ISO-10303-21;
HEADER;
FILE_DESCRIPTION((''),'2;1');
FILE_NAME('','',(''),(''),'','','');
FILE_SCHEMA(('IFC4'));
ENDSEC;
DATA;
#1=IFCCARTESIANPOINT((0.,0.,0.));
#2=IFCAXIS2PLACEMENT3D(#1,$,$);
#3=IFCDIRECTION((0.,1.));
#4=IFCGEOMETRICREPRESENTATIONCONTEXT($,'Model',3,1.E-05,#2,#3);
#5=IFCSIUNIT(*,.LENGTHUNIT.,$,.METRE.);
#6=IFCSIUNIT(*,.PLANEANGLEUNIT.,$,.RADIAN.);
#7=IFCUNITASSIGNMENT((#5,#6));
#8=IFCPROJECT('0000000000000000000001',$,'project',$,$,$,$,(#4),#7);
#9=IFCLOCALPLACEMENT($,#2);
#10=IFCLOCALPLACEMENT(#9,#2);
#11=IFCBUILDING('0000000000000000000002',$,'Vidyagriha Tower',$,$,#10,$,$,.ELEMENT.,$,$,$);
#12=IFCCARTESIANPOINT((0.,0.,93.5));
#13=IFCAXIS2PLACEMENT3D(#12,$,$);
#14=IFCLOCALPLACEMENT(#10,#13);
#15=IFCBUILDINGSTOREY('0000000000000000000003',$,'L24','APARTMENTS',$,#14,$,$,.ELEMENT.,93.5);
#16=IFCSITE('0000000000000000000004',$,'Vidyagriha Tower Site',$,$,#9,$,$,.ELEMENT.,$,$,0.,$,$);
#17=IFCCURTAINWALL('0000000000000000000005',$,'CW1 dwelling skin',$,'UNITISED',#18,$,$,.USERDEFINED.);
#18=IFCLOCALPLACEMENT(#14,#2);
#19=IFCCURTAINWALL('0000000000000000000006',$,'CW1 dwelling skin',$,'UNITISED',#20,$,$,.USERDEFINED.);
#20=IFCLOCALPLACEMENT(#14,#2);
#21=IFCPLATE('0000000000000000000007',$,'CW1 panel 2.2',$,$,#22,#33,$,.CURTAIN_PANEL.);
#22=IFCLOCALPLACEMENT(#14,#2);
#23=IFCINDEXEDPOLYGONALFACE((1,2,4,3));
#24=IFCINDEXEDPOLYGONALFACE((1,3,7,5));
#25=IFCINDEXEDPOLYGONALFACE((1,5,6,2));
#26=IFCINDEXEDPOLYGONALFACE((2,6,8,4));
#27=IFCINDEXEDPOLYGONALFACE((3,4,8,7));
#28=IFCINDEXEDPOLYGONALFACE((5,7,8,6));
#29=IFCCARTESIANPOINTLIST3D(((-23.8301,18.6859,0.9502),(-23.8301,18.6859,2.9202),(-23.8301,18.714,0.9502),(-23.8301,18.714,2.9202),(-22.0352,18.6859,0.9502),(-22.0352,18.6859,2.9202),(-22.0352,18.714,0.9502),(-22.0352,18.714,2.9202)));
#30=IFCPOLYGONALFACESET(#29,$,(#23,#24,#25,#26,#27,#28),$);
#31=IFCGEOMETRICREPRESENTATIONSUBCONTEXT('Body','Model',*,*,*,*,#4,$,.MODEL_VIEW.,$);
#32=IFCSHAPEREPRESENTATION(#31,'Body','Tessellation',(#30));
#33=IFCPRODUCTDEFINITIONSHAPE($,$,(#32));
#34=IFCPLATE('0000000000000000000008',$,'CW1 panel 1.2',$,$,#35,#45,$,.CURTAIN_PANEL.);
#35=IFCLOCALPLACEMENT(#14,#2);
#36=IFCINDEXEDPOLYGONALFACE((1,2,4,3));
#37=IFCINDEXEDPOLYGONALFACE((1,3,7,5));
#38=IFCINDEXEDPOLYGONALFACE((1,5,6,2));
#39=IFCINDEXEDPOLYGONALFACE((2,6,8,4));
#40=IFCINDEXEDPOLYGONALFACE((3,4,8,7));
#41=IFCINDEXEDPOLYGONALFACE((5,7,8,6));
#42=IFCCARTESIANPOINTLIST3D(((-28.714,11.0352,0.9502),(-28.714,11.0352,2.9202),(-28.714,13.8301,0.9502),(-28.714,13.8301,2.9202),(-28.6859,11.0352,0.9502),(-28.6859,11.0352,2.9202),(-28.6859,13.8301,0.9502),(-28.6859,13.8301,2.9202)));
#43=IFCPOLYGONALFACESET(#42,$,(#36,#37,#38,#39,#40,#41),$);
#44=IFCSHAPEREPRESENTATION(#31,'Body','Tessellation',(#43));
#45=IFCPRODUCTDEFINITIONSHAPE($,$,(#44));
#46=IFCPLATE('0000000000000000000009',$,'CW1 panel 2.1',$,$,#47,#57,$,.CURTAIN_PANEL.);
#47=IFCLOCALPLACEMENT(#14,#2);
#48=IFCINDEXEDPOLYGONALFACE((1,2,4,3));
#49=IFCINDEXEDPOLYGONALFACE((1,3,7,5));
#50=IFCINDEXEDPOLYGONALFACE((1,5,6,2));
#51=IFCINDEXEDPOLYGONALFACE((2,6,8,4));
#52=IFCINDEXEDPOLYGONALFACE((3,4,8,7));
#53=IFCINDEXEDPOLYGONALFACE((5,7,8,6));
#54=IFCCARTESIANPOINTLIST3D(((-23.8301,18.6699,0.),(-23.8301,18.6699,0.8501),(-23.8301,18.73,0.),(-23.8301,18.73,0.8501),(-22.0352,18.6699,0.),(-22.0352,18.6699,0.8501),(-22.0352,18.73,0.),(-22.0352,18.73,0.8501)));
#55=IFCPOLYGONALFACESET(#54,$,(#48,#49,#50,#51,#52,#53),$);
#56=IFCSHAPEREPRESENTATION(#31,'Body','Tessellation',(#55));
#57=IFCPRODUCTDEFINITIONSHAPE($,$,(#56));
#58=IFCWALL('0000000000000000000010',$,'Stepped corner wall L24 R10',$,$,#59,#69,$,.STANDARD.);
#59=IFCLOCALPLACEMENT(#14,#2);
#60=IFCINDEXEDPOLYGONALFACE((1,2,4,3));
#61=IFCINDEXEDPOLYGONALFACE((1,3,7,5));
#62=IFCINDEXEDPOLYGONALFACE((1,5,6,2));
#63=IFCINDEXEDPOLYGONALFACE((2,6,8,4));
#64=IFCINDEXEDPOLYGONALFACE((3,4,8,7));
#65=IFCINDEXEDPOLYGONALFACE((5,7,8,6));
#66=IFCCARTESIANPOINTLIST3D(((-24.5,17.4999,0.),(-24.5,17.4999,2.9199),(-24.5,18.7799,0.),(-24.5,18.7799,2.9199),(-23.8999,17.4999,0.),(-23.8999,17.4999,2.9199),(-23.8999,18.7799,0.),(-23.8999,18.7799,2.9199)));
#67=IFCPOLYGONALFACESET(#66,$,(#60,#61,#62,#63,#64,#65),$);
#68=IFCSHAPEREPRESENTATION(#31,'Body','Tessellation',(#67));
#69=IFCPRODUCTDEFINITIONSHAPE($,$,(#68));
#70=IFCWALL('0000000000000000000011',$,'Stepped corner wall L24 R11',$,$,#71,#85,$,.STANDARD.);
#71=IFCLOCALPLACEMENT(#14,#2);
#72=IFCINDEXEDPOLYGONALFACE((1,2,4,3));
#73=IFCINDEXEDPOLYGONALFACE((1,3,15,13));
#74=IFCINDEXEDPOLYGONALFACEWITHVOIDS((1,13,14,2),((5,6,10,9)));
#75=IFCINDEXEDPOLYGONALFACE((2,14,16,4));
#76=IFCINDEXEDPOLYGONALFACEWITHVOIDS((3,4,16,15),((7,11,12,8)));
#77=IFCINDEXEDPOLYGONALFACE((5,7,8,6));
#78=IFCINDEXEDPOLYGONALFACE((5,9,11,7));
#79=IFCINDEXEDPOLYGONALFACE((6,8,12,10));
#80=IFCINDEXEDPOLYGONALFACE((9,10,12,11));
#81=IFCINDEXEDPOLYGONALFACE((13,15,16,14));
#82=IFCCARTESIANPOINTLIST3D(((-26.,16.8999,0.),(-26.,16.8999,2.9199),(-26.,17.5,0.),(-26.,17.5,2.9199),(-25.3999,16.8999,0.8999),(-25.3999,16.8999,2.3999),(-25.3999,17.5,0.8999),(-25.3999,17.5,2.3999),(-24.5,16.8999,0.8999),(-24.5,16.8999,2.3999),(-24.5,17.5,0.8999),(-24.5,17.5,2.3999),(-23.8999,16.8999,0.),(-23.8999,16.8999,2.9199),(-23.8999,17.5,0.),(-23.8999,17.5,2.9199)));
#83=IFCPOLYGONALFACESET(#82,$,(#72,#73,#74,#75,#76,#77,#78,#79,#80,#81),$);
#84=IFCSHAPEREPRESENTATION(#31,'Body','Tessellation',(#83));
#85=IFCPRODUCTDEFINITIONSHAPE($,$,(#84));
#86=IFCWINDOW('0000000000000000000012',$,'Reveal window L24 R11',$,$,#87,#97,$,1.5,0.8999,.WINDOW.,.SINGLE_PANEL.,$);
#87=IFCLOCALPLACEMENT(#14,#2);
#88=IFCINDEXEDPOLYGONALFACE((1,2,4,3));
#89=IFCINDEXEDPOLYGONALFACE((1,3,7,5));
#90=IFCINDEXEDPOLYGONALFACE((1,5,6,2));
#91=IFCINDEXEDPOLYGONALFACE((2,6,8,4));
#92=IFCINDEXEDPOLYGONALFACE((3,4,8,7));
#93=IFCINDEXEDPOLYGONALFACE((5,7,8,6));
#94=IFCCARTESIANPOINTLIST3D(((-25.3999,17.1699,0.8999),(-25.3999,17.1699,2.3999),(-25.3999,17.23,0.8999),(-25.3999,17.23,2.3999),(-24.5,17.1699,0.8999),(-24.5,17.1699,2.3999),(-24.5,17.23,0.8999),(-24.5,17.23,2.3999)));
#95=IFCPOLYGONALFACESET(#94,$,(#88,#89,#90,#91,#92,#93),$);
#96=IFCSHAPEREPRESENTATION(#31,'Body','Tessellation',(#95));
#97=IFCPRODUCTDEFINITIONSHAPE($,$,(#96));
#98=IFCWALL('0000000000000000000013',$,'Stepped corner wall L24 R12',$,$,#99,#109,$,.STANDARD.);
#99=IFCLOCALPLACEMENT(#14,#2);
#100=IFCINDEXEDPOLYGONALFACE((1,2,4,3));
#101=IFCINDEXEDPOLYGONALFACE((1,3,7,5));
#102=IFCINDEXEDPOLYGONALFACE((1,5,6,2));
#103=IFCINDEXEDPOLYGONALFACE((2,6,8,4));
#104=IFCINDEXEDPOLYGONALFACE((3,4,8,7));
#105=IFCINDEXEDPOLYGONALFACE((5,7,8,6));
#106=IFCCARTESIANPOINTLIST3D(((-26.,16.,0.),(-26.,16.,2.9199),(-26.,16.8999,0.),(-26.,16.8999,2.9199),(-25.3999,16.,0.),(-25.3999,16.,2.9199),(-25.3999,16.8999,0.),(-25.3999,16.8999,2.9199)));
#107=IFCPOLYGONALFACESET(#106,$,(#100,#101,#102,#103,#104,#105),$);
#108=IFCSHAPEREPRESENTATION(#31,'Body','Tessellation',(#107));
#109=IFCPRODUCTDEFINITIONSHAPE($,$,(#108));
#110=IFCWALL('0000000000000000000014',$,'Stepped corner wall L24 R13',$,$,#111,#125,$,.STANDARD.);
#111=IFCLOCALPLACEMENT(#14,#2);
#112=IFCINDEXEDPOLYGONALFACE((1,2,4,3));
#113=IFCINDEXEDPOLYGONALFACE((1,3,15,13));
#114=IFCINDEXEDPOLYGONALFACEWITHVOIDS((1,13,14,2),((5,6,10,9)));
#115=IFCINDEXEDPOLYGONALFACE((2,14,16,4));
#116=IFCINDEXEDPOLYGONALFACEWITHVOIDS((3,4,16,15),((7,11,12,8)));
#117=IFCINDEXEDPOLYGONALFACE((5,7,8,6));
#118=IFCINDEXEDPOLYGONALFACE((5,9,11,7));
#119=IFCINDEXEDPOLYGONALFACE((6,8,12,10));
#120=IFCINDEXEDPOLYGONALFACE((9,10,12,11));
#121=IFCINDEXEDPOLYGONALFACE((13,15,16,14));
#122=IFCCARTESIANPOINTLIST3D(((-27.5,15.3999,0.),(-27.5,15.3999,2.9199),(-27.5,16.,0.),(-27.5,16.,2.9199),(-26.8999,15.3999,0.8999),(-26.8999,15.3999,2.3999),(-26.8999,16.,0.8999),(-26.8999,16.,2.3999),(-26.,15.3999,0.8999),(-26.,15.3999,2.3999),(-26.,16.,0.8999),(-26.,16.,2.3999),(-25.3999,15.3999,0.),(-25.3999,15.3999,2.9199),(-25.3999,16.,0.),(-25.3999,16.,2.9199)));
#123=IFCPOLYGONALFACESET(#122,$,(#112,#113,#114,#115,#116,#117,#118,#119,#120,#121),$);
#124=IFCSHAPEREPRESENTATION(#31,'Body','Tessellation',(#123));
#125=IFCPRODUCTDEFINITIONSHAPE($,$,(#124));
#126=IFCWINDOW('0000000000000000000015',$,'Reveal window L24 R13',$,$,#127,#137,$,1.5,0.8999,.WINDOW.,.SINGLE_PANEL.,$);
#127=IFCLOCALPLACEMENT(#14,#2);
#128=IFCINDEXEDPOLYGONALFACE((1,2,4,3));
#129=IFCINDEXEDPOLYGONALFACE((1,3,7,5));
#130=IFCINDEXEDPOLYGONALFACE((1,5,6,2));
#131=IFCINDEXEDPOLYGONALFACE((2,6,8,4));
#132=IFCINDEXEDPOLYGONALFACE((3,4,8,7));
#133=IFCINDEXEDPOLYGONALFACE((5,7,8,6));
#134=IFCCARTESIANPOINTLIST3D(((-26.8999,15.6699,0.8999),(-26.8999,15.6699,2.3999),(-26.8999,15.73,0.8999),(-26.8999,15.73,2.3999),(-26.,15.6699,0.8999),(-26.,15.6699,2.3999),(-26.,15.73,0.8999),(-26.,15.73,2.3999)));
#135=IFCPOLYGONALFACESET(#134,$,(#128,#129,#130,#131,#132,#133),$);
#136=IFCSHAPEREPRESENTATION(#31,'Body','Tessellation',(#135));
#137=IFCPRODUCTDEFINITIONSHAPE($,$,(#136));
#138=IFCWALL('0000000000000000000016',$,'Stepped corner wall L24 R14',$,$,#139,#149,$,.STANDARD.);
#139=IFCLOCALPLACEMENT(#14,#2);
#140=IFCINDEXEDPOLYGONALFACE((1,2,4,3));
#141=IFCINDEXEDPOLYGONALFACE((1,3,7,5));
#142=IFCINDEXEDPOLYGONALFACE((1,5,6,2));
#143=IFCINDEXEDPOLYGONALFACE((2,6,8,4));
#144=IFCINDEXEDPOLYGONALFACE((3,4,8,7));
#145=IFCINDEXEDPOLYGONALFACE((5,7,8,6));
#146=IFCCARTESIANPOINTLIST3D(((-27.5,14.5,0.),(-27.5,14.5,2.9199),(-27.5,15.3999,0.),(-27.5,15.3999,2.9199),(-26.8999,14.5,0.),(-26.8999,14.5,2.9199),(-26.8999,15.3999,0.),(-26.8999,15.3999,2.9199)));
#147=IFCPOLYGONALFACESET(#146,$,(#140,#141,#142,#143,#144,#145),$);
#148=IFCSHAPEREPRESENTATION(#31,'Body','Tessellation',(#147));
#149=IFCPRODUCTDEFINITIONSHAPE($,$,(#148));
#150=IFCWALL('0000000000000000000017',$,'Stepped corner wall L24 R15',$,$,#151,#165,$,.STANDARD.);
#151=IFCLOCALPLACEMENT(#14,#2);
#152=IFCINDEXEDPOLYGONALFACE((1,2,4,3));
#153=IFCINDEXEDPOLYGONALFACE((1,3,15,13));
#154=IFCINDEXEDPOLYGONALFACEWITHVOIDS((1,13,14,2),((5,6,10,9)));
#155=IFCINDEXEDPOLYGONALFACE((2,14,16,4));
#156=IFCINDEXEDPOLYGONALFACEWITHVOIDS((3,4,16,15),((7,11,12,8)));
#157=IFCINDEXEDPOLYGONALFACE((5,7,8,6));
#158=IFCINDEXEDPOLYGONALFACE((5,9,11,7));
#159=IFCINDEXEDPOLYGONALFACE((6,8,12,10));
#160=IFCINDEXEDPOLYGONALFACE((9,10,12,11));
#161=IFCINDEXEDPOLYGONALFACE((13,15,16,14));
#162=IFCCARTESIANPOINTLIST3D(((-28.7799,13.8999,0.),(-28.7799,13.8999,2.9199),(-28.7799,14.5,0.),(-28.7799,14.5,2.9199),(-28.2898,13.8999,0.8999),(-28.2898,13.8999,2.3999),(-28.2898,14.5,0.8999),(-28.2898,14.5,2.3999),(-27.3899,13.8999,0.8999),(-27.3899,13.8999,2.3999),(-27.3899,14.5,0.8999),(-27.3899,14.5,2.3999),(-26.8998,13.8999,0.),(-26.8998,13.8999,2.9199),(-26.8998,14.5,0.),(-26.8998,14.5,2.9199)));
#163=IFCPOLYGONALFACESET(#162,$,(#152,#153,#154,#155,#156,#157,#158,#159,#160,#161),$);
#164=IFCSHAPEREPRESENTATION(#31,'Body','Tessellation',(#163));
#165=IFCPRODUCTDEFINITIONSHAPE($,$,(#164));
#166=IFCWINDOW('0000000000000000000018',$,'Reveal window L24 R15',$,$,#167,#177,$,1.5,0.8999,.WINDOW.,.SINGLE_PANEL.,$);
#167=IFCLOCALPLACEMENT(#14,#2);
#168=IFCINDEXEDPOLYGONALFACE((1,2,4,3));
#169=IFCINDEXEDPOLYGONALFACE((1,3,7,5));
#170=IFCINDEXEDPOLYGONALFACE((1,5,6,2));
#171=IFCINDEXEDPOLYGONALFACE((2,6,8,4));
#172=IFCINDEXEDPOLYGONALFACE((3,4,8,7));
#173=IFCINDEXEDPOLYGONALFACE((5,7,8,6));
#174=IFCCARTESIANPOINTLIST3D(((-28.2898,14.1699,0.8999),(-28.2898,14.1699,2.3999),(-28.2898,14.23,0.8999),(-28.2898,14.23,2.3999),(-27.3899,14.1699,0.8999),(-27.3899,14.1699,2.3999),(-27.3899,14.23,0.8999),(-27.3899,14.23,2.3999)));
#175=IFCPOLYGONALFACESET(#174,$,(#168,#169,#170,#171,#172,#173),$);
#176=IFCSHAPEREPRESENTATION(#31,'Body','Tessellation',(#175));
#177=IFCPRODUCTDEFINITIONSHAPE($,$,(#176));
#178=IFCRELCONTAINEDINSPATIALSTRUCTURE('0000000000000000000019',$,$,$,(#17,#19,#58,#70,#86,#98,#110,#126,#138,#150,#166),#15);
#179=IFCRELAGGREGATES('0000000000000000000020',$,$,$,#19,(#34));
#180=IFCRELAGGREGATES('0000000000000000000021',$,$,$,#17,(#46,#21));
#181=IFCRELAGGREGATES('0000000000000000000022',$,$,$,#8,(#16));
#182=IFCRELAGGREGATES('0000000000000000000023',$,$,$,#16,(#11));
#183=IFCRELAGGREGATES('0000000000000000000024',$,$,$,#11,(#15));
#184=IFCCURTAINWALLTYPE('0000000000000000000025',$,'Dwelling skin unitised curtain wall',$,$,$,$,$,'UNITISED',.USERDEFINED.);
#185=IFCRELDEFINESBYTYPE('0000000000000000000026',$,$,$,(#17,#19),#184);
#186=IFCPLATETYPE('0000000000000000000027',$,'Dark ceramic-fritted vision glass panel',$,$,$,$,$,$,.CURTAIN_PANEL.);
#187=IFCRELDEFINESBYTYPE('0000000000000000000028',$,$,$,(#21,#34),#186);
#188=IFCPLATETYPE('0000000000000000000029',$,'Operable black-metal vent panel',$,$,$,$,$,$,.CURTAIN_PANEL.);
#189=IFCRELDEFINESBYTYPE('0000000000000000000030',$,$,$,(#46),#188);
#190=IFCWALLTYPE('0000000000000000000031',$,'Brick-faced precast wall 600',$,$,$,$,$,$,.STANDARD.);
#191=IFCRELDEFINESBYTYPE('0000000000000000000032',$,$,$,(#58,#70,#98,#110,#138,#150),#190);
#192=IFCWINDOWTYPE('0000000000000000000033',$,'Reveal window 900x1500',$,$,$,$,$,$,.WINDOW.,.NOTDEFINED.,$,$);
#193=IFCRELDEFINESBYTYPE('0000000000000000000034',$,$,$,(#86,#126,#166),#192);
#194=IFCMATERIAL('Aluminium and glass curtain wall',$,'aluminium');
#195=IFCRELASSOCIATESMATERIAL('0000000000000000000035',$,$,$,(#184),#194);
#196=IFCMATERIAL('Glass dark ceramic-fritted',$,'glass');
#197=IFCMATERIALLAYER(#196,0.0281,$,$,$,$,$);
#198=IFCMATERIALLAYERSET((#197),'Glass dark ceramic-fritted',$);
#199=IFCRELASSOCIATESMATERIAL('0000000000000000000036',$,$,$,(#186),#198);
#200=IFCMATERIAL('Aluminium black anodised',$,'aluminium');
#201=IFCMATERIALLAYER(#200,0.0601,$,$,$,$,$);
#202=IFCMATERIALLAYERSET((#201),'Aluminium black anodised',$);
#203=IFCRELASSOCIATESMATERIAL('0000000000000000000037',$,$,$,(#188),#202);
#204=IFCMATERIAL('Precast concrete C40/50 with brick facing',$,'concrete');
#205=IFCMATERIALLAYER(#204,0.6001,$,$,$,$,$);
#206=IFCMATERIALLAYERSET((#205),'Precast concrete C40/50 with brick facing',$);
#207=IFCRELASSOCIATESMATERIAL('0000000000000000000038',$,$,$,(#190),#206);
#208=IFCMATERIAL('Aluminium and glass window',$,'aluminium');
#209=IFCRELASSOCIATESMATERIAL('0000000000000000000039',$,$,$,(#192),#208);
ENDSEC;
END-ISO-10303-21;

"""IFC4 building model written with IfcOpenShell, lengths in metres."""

from ifc_helpers import new_model, si_unit, direction, frame, frame_2d, origin, origin_2d, place, context, subcontext, project, spatial, rectangle, extrude, material, layer, layer_set, type_object, element, fill, aggregate, save


model = new_model("IFC4")

# Units and contexts
model_context = context("Model", 3, precision=1e-05, world=origin(), true_north=direction((0.0, 1.0)))
body_context = subcontext(model_context, "Body", "Model", "MODEL_VIEW")
ifc_project = project(units=[si_unit("LENGTHUNIT", "METRE"), si_unit("PLANEANGLEUNIT", "RADIAN")], contexts=[model_context])

# Site, building, storey
site_placement = place(None, origin())
site = spatial("IfcSite", under=ifc_project, at=site_placement, Name="Vidyagriha Tower Site", CompositionType="ELEMENT", RefElevation=0.0)
building_placement = place(site_placement, origin())
building = spatial("IfcBuilding", under=site, at=building_placement, Name="Vidyagriha Tower", CompositionType="ELEMENT")
storey_placement = place(building_placement, frame((0.0, 0.0, 93.5)))
storey = spatial("IfcBuildingStorey", under=building, at=storey_placement, Name="L24", Description="APARTMENTS", CompositionType="ELEMENT", Elevation=93.5)

# Curtain wall
ifc_material_1 = material(Name="Aluminium and glass curtain wall", Category="aluminium")
curtain_wall_type = type_object("IfcCurtainWallType", Name="Dwelling skin unitised curtain wall", ElementType="UNITISED", PredefinedType="USERDEFINED", material=ifc_material_1)
curtain_wall_1_placement = place(storey_placement, origin())
curtain_wall_1 = element("IfcCurtainWall", 1, at=curtain_wall_1_placement, inside=storey, type_object=curtain_wall_type, Name="CW1 dwelling skin", ObjectType="UNITISED", PredefinedType="USERDEFINED")

# Curtain wall
curtain_wall_2_placement = place(storey_placement, origin())
curtain_wall_2 = element("IfcCurtainWall", 2, at=curtain_wall_2_placement, inside=storey, type_object=curtain_wall_type, Name="CW1 dwelling skin", ObjectType="UNITISED", PredefinedType="USERDEFINED")

# Plates
ifc_material_2 = material(Name="Glass dark ceramic-fritted", Category="glass")
ifc_layer_1 = layer(ifc_material_2, 0.0281)
ifc_layer_set_1 = layer_set([ifc_layer_1], Name="Glass dark ceramic-fritted")
plate_type_1 = type_object("IfcPlateType", Name="Dark ceramic-fritted vision glass panel", PredefinedType="CURTAIN_PANEL", material=ifc_layer_set_1)
plate_1_placement = place(storey_placement, frame((-22.9326, 18.7, 0.9502), z_axis=(0.0, 0.0, 1.0), x_axis=(-1.0, 0.0, 0.0)))
plate_1 = element("IfcPlate", 3, at=plate_1_placement, type_object=plate_type_1, Name="CW1 panel 2.2", PredefinedType="CURTAIN_PANEL", context=body_context, shape_type="SweptSolid", body=[
    extrude(rectangle(XDim=1.7949, YDim=0.0281, at=origin_2d()), origin(), (0.0, 0.0, 1.0), 1.97),
])
plate_2_placement = place(storey_placement, frame((-28.7, 12.4326, 0.9502), z_axis=(0.0, 0.0, 1.0), x_axis=(0.0, -1.0, 0.0)))
plate_2 = element("IfcPlate", 4, at=plate_2_placement, type_object=plate_type_1, Name="CW1 panel 1.2", PredefinedType="CURTAIN_PANEL", context=body_context, shape_type="SweptSolid", body=[
    extrude(rectangle(XDim=2.7949, YDim=0.0281, at=origin_2d()), origin(), (0.0, 0.0, 1.0), 1.97),
])
aggregate(curtain_wall_2, [plate_2])
ifc_material_3 = material(Name="Aluminium black anodised", Category="aluminium")
ifc_layer_2 = layer(ifc_material_3, 0.0601)
ifc_layer_set_2 = layer_set([ifc_layer_2], Name="Aluminium black anodised")
plate_type_2 = type_object("IfcPlateType", Name="Operable black-metal vent panel", PredefinedType="CURTAIN_PANEL", material=ifc_layer_set_2)
plate_3_placement = place(storey_placement, frame((-22.9326, 18.7, 0.0), z_axis=(0.0, 0.0, 1.0), x_axis=(-1.0, 0.0, 0.0)))
plate_3 = element("IfcPlate", 5, at=plate_3_placement, type_object=plate_type_2, Name="CW1 panel 2.1", PredefinedType="CURTAIN_PANEL", context=body_context, shape_type="SweptSolid", body=[
    extrude(rectangle(XDim=1.7949, YDim=0.0601, at=origin_2d()), origin(), (0.0, 0.0, 1.0), 0.8501),
])
aggregate(curtain_wall_1, [plate_3, plate_1])

# Wall
ifc_material_4 = material(Name="Precast concrete C40/50 with brick facing", Category="concrete")
ifc_layer_3 = layer(ifc_material_4, 0.6001)
ifc_layer_set_3 = layer_set([ifc_layer_3], Name="Precast concrete C40/50 with brick facing")
wall_type_1 = type_object("IfcWallType", Name="Brick-faced precast wall 600", PredefinedType="STANDARD", material=ifc_layer_set_3)
wall_1_placement = place(storey_placement, frame((-24.2, 18.78, 0.0), z_axis=(0.0, 0.0, 1.0), x_axis=(0.0, -1.0, 0.0)))
element("IfcWall", 6, at=wall_1_placement, inside=storey, type_object=wall_type_1, Name="Stepped corner wall L24 R10", PredefinedType="STANDARD", context=body_context, shape_type="SweptSolid", body=[
    extrude(rectangle(XDim=1.28, YDim=0.6001, at=frame_2d((0.6401, 0.0))), origin(), (0.0, 0.0, 1.0), 2.9199),
])

# Wall, opening, window
wall_2_placement = place(storey_placement, frame((-23.8999, 17.2, 0.0), z_axis=(0.0, 0.0, 1.0), x_axis=(-1.0, 0.0, 0.0)))
wall_2 = element("IfcWall", 7, at=wall_2_placement, inside=storey, type_object=wall_type_1, Name="Stepped corner wall L24 R11", PredefinedType="STANDARD", context=body_context, shape_type="SweptSolid", body=[
    extrude(rectangle(XDim=2.1001, YDim=0.6001, at=frame_2d((1.05, 0.0))), origin(), (0.0, 0.0, 1.0), 2.9199),
])
opening_1_placement = place(wall_2_placement, frame((0.6001, 0.0, 0.8999)))
opening_1 = element("IfcOpeningElement", 8, at=opening_1_placement, cuts=wall_2, PredefinedType="OPENING", context=body_context, shape_type="SweptSolid", body=[
    extrude(rectangle(XDim=0.8999, YDim=1.5, at=frame_2d((0.45, 0.75))), frame((0.0, 0.3101, 0.0), z_axis=(0.0, -1.0, 0.0), x_axis=(1.0, 0.0, 0.0)), (0.0, 0.0, 1.0), 0.6201),
])
ifc_material_5 = material(Name="Aluminium and glass window", Category="aluminium")
window_type = type_object("IfcWindowType", Name="Reveal window 900x1500", PartitioningType="NOTDEFINED", PredefinedType="WINDOW", material=ifc_material_5)
window_1_placement = place(opening_1_placement, origin())
window_1 = element("IfcWindow", 9, at=window_1_placement, inside=storey, type_object=window_type, Name="Reveal window L24 R11", OverallHeight=1.5, OverallWidth=0.8999, PartitioningType="SINGLE_PANEL", PredefinedType="WINDOW", context=body_context, shape_type="SweptSolid", body=[
    extrude(rectangle(XDim=0.8999, YDim=1.5, at=frame_2d((0.45, 0.75))), frame((0.0, 0.03, 0.0), z_axis=(0.0, -1.0, 0.0), x_axis=(1.0, 0.0, 0.0)), (0.0, 0.0, 1.0), 0.0601),
])
fill(opening_1, window_1)

# Wall
wall_3_placement = place(storey_placement, frame((-25.7, 16.8999, 0.0), z_axis=(0.0, 0.0, 1.0), x_axis=(0.0, -1.0, 0.0)))
element("IfcWall", 10, at=wall_3_placement, inside=storey, type_object=wall_type_1, Name="Stepped corner wall L24 R12", PredefinedType="STANDARD", context=body_context, shape_type="SweptSolid", body=[
    extrude(rectangle(XDim=0.8999, YDim=0.6001, at=frame_2d((0.45, 0.0))), origin(), (0.0, 0.0, 1.0), 2.9199),
])

# Wall, opening, window
wall_4_placement = place(storey_placement, frame((-25.3999, 15.7, 0.0), z_axis=(0.0, 0.0, 1.0), x_axis=(-1.0, 0.0, 0.0)))
wall_4 = element("IfcWall", 11, at=wall_4_placement, inside=storey, type_object=wall_type_1, Name="Stepped corner wall L24 R13", PredefinedType="STANDARD", context=body_context, shape_type="SweptSolid", body=[
    extrude(rectangle(XDim=2.1001, YDim=0.6001, at=frame_2d((1.05, 0.0))), origin(), (0.0, 0.0, 1.0), 2.9199),
])
opening_2_placement = place(wall_4_placement, frame((0.6001, 0.0, 0.8999)))
opening_2 = element("IfcOpeningElement", 12, at=opening_2_placement, cuts=wall_4, PredefinedType="OPENING", context=body_context, shape_type="SweptSolid", body=[
    extrude(rectangle(XDim=0.8999, YDim=1.5, at=frame_2d((0.45, 0.75))), frame((0.0, 0.3101, 0.0), z_axis=(0.0, -1.0, 0.0), x_axis=(1.0, 0.0, 0.0)), (0.0, 0.0, 1.0), 0.6201),
])
window_2_placement = place(opening_2_placement, origin())
window_2 = element("IfcWindow", 13, at=window_2_placement, inside=storey, type_object=window_type, Name="Reveal window L24 R13", OverallHeight=1.5, OverallWidth=0.8999, PartitioningType="SINGLE_PANEL", PredefinedType="WINDOW", context=body_context, shape_type="SweptSolid", body=[
    extrude(rectangle(XDim=0.8999, YDim=1.5, at=frame_2d((0.45, 0.75))), frame((0.0, 0.03, 0.0), z_axis=(0.0, -1.0, 0.0), x_axis=(1.0, 0.0, 0.0)), (0.0, 0.0, 1.0), 0.0601),
])
fill(opening_2, window_2)

# Wall
wall_5_placement = place(storey_placement, frame((-27.2, 15.3999, 0.0), z_axis=(0.0, 0.0, 1.0), x_axis=(0.0, -1.0, 0.0)))
element("IfcWall", 14, at=wall_5_placement, inside=storey, type_object=wall_type_1, Name="Stepped corner wall L24 R14", PredefinedType="STANDARD", context=body_context, shape_type="SweptSolid", body=[
    extrude(rectangle(XDim=0.8999, YDim=0.6001, at=frame_2d((0.45, 0.0))), origin(), (0.0, 0.0, 1.0), 2.9199),
])

# Wall, opening, window
wall_6_placement = place(storey_placement, frame((-26.8999, 14.2, 0.0), z_axis=(0.0, 0.0, 1.0), x_axis=(-1.0, 0.0, 0.0)))
wall_6 = element("IfcWall", 15, at=wall_6_placement, inside=storey, type_object=wall_type_1, Name="Stepped corner wall L24 R15", PredefinedType="STANDARD", context=body_context, shape_type="SweptSolid", body=[
    extrude(rectangle(XDim=1.8801, YDim=0.6001, at=frame_2d((0.9399, 0.0))), origin(), (0.0, 0.0, 1.0), 2.9199),
])
opening_3_placement = place(wall_6_placement, frame((0.49, 0.0, 0.8999)))
opening_3 = element("IfcOpeningElement", 16, at=opening_3_placement, cuts=wall_6, PredefinedType="OPENING", context=body_context, shape_type="SweptSolid", body=[
    extrude(rectangle(XDim=0.8999, YDim=1.5, at=frame_2d((0.45, 0.75))), frame((0.0, 0.3101, 0.0), z_axis=(0.0, -1.0, 0.0), x_axis=(1.0, 0.0, 0.0)), (0.0, 0.0, 1.0), 0.6201),
])
window_3_placement = place(opening_3_placement, origin())
window_3 = element("IfcWindow", 17, at=window_3_placement, inside=storey, type_object=window_type, Name="Reveal window L24 R15", OverallHeight=1.5, OverallWidth=0.8999, PartitioningType="SINGLE_PANEL", PredefinedType="WINDOW", context=body_context, shape_type="SweptSolid", body=[
    extrude(rectangle(XDim=0.8999, YDim=1.5, at=frame_2d((0.45, 0.75))), frame((0.0, 0.03, 0.0), z_axis=(0.0, -1.0, 0.0), x_axis=(1.0, 0.0, 0.0)), (0.0, 0.0, 1.0), 0.0601),
])
fill(opening_3, window_3)

save(model, "model.ifc")
